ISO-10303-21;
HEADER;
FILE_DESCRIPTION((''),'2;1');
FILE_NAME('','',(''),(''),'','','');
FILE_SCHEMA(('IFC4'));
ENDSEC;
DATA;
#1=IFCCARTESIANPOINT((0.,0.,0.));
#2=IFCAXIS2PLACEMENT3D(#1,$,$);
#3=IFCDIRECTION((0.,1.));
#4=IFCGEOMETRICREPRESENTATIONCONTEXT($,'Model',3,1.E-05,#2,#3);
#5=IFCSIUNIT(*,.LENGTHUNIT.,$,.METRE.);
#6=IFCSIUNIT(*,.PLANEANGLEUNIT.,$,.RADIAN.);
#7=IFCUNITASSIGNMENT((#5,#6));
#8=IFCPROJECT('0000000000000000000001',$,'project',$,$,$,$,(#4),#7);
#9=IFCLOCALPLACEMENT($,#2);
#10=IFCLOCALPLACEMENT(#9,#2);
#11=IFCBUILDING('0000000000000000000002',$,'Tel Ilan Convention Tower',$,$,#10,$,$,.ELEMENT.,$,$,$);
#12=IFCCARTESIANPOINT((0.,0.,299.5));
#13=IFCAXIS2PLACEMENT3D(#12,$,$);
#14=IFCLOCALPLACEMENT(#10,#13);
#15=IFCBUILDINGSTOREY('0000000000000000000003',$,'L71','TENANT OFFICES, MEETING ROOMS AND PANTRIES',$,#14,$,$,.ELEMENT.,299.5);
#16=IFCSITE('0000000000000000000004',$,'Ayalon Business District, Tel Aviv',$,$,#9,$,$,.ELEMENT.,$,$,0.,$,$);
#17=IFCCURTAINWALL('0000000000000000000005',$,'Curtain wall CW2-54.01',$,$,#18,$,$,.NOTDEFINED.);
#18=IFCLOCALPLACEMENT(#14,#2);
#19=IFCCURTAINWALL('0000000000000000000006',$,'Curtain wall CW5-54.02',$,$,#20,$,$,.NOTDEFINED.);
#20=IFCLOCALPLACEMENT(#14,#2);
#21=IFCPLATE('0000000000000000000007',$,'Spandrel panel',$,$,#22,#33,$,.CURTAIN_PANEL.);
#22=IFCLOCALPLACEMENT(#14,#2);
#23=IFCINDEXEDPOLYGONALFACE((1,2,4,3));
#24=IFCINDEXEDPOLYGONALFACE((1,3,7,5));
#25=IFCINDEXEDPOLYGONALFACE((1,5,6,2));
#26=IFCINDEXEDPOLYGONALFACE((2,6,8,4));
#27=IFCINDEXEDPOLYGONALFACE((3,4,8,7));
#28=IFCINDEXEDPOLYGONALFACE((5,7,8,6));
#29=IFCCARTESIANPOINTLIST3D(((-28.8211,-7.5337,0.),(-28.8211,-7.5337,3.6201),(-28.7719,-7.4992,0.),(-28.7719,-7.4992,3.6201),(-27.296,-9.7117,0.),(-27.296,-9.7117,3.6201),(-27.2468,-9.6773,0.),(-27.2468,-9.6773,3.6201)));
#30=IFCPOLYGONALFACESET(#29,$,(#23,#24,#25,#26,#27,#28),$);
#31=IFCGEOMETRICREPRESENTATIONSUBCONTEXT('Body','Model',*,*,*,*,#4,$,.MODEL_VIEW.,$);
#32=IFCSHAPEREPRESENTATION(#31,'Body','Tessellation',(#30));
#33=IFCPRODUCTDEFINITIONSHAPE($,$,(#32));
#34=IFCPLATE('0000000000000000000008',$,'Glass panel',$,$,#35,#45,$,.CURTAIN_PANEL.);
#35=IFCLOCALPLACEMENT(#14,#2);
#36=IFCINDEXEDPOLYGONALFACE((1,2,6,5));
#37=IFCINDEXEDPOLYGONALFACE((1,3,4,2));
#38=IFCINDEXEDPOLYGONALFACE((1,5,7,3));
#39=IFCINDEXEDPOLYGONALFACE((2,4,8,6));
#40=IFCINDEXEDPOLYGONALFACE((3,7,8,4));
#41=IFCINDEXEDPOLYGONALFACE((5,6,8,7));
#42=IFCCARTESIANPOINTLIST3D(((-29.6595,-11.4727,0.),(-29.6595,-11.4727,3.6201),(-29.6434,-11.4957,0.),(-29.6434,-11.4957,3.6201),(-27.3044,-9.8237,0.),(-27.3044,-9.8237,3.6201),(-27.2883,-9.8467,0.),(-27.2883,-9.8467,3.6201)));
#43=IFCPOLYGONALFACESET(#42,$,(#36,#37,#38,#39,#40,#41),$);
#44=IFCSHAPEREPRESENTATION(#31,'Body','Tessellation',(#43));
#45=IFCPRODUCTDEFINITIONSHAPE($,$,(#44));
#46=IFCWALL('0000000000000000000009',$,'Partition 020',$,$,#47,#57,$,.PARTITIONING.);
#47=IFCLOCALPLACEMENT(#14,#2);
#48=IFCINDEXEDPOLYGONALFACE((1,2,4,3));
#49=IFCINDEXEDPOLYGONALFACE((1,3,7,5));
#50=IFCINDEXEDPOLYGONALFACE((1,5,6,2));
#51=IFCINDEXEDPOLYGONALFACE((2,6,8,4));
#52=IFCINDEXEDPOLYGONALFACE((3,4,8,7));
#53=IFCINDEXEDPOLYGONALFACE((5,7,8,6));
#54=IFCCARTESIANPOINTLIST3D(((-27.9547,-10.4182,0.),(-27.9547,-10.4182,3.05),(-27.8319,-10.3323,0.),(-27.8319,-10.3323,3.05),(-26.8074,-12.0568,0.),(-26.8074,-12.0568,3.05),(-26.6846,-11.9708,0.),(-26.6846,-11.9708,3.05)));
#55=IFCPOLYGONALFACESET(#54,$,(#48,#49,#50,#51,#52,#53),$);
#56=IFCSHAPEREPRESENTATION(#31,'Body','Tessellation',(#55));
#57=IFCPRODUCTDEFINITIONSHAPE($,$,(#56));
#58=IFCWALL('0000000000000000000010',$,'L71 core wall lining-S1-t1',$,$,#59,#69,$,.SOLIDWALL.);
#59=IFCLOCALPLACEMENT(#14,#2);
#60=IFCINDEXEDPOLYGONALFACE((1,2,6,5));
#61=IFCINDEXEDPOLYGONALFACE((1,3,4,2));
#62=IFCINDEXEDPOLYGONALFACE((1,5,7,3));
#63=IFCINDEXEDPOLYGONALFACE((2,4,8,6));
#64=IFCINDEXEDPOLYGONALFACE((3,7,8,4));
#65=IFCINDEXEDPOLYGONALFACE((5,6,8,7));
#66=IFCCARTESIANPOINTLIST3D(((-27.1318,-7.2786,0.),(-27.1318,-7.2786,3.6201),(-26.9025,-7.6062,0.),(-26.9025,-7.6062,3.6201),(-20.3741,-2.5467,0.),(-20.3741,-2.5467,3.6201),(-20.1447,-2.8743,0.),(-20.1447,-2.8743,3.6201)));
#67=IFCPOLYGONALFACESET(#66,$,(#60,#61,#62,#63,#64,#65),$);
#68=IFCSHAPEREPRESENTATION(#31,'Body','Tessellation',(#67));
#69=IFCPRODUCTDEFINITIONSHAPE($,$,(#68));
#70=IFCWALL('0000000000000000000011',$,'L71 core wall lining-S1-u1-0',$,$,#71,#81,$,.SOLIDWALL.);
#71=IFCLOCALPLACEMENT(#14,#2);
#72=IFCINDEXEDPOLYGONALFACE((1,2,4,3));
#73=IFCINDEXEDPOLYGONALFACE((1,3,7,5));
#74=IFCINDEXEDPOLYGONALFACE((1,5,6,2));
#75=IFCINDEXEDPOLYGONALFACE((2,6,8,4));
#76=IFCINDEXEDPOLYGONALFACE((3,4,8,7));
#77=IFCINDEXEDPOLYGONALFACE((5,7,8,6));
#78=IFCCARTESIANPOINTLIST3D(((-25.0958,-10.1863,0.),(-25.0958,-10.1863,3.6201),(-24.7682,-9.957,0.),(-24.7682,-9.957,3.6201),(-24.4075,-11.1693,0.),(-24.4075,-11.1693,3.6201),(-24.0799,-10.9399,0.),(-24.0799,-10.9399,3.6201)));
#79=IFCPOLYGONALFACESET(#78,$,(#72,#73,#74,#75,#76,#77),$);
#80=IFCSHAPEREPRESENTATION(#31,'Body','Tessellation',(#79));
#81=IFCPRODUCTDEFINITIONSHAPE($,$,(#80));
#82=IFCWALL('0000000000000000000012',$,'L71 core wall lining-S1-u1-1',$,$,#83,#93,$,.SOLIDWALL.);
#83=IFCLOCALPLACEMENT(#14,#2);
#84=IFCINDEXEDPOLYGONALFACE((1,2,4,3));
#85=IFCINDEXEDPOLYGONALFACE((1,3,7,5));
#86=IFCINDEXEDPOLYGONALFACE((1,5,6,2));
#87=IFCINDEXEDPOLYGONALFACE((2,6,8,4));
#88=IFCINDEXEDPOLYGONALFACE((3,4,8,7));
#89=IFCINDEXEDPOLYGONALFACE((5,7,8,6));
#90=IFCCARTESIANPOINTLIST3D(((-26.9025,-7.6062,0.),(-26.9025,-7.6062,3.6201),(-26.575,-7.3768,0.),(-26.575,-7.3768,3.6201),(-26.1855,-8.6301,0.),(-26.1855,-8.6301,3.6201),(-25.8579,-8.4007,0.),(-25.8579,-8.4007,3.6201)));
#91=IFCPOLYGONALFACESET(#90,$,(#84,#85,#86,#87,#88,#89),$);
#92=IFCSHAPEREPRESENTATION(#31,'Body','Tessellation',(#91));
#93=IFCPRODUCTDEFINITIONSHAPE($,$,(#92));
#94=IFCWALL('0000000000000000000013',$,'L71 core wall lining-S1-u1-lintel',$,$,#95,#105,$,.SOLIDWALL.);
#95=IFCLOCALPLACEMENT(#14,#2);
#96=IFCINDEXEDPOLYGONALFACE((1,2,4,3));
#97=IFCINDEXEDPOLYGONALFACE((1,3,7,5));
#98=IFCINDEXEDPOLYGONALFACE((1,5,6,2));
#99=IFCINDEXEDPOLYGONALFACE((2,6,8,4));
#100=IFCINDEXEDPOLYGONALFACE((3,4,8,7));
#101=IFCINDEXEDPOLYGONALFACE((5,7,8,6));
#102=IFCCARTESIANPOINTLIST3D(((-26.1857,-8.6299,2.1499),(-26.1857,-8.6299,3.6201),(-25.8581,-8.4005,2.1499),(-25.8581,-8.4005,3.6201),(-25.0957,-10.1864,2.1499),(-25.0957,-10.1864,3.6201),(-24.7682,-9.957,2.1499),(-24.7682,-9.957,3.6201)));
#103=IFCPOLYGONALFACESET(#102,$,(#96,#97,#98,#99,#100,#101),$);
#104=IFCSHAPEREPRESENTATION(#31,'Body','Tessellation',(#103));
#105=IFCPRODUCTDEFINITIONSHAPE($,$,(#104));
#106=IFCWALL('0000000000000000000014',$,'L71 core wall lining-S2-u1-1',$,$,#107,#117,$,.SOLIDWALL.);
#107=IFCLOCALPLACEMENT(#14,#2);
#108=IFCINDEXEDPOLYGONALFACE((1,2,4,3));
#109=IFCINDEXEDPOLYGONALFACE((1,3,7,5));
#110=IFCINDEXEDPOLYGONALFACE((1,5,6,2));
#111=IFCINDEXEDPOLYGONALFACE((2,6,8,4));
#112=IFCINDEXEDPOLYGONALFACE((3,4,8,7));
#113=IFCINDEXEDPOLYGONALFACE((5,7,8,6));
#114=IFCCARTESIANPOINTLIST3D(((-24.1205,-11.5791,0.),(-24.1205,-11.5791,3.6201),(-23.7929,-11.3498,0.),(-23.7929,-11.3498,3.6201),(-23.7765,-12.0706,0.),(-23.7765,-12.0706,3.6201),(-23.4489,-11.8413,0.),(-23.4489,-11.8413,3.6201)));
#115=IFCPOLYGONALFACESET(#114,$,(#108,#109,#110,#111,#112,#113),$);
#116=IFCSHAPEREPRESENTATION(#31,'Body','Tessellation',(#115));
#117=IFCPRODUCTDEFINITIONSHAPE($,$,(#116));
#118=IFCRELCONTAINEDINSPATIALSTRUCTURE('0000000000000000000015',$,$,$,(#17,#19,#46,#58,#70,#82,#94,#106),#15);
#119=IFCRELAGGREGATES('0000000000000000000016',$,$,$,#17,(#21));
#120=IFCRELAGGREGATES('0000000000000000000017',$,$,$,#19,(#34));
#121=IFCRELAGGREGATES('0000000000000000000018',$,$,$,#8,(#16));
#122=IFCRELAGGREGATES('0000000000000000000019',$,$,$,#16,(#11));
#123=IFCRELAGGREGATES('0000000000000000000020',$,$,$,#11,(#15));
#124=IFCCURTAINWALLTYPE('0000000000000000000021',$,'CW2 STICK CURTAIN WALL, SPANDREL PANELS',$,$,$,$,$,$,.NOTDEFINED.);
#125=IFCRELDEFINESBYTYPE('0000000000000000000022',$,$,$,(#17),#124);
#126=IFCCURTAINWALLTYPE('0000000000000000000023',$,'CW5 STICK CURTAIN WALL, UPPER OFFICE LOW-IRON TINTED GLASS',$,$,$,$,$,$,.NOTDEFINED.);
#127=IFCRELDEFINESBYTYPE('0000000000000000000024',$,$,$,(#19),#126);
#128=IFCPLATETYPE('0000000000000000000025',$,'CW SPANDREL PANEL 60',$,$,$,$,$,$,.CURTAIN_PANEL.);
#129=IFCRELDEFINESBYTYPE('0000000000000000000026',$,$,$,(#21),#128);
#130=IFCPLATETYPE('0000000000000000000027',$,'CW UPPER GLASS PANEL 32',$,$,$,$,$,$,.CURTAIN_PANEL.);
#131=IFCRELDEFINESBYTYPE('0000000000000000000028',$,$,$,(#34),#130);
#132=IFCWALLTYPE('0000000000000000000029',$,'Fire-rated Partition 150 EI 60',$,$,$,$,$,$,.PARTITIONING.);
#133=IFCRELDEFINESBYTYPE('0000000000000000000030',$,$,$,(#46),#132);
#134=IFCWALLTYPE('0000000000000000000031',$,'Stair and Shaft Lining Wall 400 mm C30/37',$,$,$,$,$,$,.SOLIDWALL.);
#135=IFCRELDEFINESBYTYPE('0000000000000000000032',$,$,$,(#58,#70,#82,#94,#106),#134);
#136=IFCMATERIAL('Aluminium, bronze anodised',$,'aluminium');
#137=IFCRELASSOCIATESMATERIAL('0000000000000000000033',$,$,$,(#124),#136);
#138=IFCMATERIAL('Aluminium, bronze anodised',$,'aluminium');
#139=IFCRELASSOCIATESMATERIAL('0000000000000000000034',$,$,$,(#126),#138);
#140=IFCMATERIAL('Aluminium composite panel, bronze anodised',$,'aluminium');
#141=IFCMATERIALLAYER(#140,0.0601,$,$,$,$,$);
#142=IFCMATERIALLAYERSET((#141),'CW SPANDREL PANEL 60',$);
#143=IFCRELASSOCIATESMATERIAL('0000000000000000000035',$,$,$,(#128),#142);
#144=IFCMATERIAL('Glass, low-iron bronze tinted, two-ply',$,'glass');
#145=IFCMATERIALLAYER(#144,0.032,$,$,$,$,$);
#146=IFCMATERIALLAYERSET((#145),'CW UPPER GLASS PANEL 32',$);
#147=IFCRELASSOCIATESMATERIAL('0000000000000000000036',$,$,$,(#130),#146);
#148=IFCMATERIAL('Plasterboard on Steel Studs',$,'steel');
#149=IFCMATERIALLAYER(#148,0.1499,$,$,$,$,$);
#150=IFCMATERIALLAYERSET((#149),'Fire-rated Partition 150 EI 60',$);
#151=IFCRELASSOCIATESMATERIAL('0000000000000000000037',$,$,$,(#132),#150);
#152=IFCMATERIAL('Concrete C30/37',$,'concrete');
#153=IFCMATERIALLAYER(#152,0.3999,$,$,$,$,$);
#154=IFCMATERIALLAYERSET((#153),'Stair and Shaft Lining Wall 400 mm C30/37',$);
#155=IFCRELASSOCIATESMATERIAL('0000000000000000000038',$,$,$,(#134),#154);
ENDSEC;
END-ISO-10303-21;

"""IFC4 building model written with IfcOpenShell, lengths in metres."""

from ifc_helpers import new_model, si_unit, direction, frame, frame_2d, origin, origin_2d, place, context, subcontext, project, spatial, rectangle, extrude, material, layer, layer_set, type_object, element, aggregate, save


model = new_model("IFC4")

# Units and contexts
model_context = context("Model", 3, precision=1e-05, world=origin(), true_north=direction((0.0, 1.0)))
body_context = subcontext(model_context, "Body", "Model", "MODEL_VIEW")
ifc_project = project(units=[si_unit("LENGTHUNIT", "METRE"), si_unit("PLANEANGLEUNIT", "RADIAN")], contexts=[model_context])

# Site, building, storey
site_placement = place(None, origin())
site = spatial("IfcSite", under=ifc_project, at=site_placement, Name="Ayalon Business District, Tel Aviv", CompositionType="ELEMENT", RefElevation=0.0)
building_placement = place(site_placement, origin())
building = spatial("IfcBuilding", under=site, at=building_placement, Name="Tel Ilan Convention Tower", CompositionType="ELEMENT")
storey_placement = place(building_placement, frame((0.0, 0.0, 299.5)))
storey = spatial("IfcBuildingStorey", under=building, at=storey_placement, Name="L71", Description="TENANT OFFICES, MEETING ROOMS AND PANTRIES", CompositionType="ELEMENT", Elevation=299.5)

# Curtain wall
ifc_material_1 = material(Name="Aluminium, bronze anodised", Category="aluminium")
curtain_wall_type_1 = type_object("IfcCurtainWallType", Name="CW2 STICK CURTAIN WALL, SPANDREL PANELS", PredefinedType="NOTDEFINED", material=ifc_material_1)
curtain_wall_1_placement = place(storey_placement, origin())
curtain_wall_1 = element("IfcCurtainWall", 1, at=curtain_wall_1_placement, inside=storey, type_object=curtain_wall_type_1, Name="Curtain wall CW2-54.01", PredefinedType="NOTDEFINED")

# Curtain wall
ifc_material_2 = material(Name="Aluminium, bronze anodised", Category="aluminium")
curtain_wall_type_2 = type_object("IfcCurtainWallType", Name="CW5 STICK CURTAIN WALL, UPPER OFFICE LOW-IRON TINTED GLASS", PredefinedType="NOTDEFINED", material=ifc_material_2)
curtain_wall_2_placement = place(storey_placement, origin())
curtain_wall_2 = element("IfcCurtainWall", 2, at=curtain_wall_2_placement, inside=storey, type_object=curtain_wall_type_2, Name="Curtain wall CW5-54.02", PredefinedType="NOTDEFINED")

# Plates
ifc_material_3 = material(Name="Aluminium composite panel, bronze anodised", Category="aluminium")
ifc_layer_1 = layer(ifc_material_3, 0.0601)
ifc_layer_set_1 = layer_set([ifc_layer_1], Name="CW SPANDREL PANEL 60")
plate_type_1 = type_object("IfcPlateType", Name="CW SPANDREL PANEL 60", PredefinedType="CURTAIN_PANEL", material=ifc_layer_set_1)
plate_1_placement = place(storey_placement, frame((-28.0339, -8.6055, 0.0), z_axis=(0.0, 0.0, 1.0), x_axis=(0.573576, -0.819152, 0.0)))
plate_1 = element("IfcPlate", 3, at=plate_1_placement, type_object=plate_type_1, Name="Spandrel panel", PredefinedType="CURTAIN_PANEL", context=body_context, shape_type="SweptSolid", body=[
    extrude(rectangle(XDim=2.6589, YDim=0.0601, at=origin_2d()), origin(), (0.0, 0.0, 1.0), 3.6201),
])
aggregate(curtain_wall_1, [plate_1])
ifc_material_4 = material(Name="Glass, low-iron bronze tinted, two-ply", Category="glass")
ifc_layer_2 = layer(ifc_material_4, 0.032)
ifc_layer_set_2 = layer_set([ifc_layer_2], Name="CW UPPER GLASS PANEL 32")
plate_type_2 = type_object("IfcPlateType", Name="CW UPPER GLASS PANEL 32", PredefinedType="CURTAIN_PANEL", material=ifc_layer_set_2)
plate_2_placement = place(storey_placement, frame((-28.4739, -10.6597, 0.0), z_axis=(0.0, 0.0, 1.0), x_axis=(-0.819152, -0.573576, 0.0)))
plate_2 = element("IfcPlate", 4, at=plate_2_placement, type_object=plate_type_2, Name="Glass panel", PredefinedType="CURTAIN_PANEL", context=body_context, shape_type="SweptSolid", body=[
    extrude(rectangle(XDim=2.875, YDim=0.0281, at=origin_2d()), origin(), (0.0, 0.0, 1.0), 3.6201),
])
aggregate(curtain_wall_2, [plate_2])

# Walls
ifc_material_5 = material(Name="Plasterboard on Steel Studs", Category="steel")
ifc_layer_3 = layer(ifc_material_5, 0.1499)
ifc_layer_set_3 = layer_set([ifc_layer_3], Name="Fire-rated Partition 150 EI 60")
wall_type_1 = type_object("IfcWallType", Name="Fire-rated Partition 150 EI 60", PredefinedType="PARTITIONING", material=ifc_layer_set_3)
wall_1_placement = place(storey_placement, frame((-26.7461, -12.0137, 0.0), z_axis=(0.0, 0.0, 1.0), x_axis=(-0.573569, 0.819157, 0.0)))
element("IfcWall", 5, at=wall_1_placement, inside=storey, type_object=wall_type_1, Name="Partition 020", PredefinedType="PARTITIONING", context=body_context, shape_type="SweptSolid", body=[
    extrude(rectangle(XDim=2.0002, YDim=0.1499, at=frame_2d((1.0, 0.0))), origin(), (0.0, 0.0, 1.0), 3.05),
])
ifc_material_6 = material(Name="Concrete C30/37", Category="concrete")
ifc_layer_4 = layer(ifc_material_6, 0.3999)
ifc_layer_set_4 = layer_set([ifc_layer_4], Name="Stair and Shaft Lining Wall 400 mm C30/37")
wall_type_2 = type_object("IfcWallType", Name="Stair and Shaft Lining Wall 400 mm C30/37", PredefinedType="SOLIDWALL", material=ifc_layer_set_4)
wall_2_placement = place(storey_placement, frame((-20.2593, -2.7104, 0.0), z_axis=(0.0, 0.0, 1.0), x_axis=(-0.819148, -0.573582, 0.0)))
element("IfcWall", 6, at=wall_2_placement, inside=storey, type_object=wall_type_2, Name="L71 core wall lining-S1-t1", PredefinedType="SOLIDWALL", context=body_context, shape_type="SweptSolid", body=[
    extrude(rectangle(XDim=8.2498, YDim=0.3999, at=frame_2d((4.125, 0.0))), origin(), (0.0, 0.0, 1.0), 3.6201),
])
wall_3_placement = place(storey_placement, frame((-24.2437, -11.0547, 0.0), z_axis=(0.0, 0.0, 1.0), x_axis=(-0.573572, 0.819155, 0.0)))
element("IfcWall", 7, at=wall_3_placement, inside=storey, type_object=wall_type_2, Name="L71 core wall lining-S1-u1-0", PredefinedType="SOLIDWALL", context=body_context, shape_type="SweptSolid", body=[
    extrude(rectangle(XDim=1.2, YDim=0.3999, at=frame_2d((0.6001, 0.0))), origin(), (0.0, 0.0, 1.0), 3.6201),
])
wall_4_placement = place(storey_placement, frame((-26.0217, -8.5154, 0.0), z_axis=(0.0, 0.0, 1.0), x_axis=(-0.57362, 0.819122, 0.0)))
element("IfcWall", 8, at=wall_4_placement, inside=storey, type_object=wall_type_2, Name="L71 core wall lining-S1-u1-1", PredefinedType="SOLIDWALL", context=body_context, shape_type="SweptSolid", body=[
    extrude(rectangle(XDim=1.25, YDim=0.3999, at=frame_2d((0.625, 0.0))), origin(), (0.0, 0.0, 1.0), 3.6201),
])
wall_5_placement = place(storey_placement, frame((-24.9319, -10.0718, 2.1499), z_axis=(0.0, 0.0, 1.0), x_axis=(-0.573592, 0.819141, 0.0)))
element("IfcWall", 9, at=wall_5_placement, inside=storey, type_object=wall_type_2, Name="L71 core wall lining-S1-u1-lintel", PredefinedType="SOLIDWALL", context=body_context, shape_type="SweptSolid", body=[
    extrude(rectangle(XDim=1.9001, YDim=0.3999, at=frame_2d((0.9502, 0.0))), origin(), (0.0, 0.0, 1.0), 1.4702),
])
wall_6_placement = place(storey_placement, frame((-23.6128, -11.9558, 0.0), z_axis=(0.0, 0.0, 1.0), x_axis=(-0.573435, 0.819251, 0.0)))
element("IfcWall", 10, at=wall_6_placement, inside=storey, type_object=wall_type_2, Name="L71 core wall lining-S2-u1-1", PredefinedType="SOLIDWALL", context=body_context, shape_type="SweptSolid", body=[
    extrude(rectangle(XDim=0.5999, YDim=0.3999, at=frame_2d((0.2998, 0.0))), origin(), (0.0, 0.0, 1.0), 3.6201),
])

save(model, "model.ifc")
